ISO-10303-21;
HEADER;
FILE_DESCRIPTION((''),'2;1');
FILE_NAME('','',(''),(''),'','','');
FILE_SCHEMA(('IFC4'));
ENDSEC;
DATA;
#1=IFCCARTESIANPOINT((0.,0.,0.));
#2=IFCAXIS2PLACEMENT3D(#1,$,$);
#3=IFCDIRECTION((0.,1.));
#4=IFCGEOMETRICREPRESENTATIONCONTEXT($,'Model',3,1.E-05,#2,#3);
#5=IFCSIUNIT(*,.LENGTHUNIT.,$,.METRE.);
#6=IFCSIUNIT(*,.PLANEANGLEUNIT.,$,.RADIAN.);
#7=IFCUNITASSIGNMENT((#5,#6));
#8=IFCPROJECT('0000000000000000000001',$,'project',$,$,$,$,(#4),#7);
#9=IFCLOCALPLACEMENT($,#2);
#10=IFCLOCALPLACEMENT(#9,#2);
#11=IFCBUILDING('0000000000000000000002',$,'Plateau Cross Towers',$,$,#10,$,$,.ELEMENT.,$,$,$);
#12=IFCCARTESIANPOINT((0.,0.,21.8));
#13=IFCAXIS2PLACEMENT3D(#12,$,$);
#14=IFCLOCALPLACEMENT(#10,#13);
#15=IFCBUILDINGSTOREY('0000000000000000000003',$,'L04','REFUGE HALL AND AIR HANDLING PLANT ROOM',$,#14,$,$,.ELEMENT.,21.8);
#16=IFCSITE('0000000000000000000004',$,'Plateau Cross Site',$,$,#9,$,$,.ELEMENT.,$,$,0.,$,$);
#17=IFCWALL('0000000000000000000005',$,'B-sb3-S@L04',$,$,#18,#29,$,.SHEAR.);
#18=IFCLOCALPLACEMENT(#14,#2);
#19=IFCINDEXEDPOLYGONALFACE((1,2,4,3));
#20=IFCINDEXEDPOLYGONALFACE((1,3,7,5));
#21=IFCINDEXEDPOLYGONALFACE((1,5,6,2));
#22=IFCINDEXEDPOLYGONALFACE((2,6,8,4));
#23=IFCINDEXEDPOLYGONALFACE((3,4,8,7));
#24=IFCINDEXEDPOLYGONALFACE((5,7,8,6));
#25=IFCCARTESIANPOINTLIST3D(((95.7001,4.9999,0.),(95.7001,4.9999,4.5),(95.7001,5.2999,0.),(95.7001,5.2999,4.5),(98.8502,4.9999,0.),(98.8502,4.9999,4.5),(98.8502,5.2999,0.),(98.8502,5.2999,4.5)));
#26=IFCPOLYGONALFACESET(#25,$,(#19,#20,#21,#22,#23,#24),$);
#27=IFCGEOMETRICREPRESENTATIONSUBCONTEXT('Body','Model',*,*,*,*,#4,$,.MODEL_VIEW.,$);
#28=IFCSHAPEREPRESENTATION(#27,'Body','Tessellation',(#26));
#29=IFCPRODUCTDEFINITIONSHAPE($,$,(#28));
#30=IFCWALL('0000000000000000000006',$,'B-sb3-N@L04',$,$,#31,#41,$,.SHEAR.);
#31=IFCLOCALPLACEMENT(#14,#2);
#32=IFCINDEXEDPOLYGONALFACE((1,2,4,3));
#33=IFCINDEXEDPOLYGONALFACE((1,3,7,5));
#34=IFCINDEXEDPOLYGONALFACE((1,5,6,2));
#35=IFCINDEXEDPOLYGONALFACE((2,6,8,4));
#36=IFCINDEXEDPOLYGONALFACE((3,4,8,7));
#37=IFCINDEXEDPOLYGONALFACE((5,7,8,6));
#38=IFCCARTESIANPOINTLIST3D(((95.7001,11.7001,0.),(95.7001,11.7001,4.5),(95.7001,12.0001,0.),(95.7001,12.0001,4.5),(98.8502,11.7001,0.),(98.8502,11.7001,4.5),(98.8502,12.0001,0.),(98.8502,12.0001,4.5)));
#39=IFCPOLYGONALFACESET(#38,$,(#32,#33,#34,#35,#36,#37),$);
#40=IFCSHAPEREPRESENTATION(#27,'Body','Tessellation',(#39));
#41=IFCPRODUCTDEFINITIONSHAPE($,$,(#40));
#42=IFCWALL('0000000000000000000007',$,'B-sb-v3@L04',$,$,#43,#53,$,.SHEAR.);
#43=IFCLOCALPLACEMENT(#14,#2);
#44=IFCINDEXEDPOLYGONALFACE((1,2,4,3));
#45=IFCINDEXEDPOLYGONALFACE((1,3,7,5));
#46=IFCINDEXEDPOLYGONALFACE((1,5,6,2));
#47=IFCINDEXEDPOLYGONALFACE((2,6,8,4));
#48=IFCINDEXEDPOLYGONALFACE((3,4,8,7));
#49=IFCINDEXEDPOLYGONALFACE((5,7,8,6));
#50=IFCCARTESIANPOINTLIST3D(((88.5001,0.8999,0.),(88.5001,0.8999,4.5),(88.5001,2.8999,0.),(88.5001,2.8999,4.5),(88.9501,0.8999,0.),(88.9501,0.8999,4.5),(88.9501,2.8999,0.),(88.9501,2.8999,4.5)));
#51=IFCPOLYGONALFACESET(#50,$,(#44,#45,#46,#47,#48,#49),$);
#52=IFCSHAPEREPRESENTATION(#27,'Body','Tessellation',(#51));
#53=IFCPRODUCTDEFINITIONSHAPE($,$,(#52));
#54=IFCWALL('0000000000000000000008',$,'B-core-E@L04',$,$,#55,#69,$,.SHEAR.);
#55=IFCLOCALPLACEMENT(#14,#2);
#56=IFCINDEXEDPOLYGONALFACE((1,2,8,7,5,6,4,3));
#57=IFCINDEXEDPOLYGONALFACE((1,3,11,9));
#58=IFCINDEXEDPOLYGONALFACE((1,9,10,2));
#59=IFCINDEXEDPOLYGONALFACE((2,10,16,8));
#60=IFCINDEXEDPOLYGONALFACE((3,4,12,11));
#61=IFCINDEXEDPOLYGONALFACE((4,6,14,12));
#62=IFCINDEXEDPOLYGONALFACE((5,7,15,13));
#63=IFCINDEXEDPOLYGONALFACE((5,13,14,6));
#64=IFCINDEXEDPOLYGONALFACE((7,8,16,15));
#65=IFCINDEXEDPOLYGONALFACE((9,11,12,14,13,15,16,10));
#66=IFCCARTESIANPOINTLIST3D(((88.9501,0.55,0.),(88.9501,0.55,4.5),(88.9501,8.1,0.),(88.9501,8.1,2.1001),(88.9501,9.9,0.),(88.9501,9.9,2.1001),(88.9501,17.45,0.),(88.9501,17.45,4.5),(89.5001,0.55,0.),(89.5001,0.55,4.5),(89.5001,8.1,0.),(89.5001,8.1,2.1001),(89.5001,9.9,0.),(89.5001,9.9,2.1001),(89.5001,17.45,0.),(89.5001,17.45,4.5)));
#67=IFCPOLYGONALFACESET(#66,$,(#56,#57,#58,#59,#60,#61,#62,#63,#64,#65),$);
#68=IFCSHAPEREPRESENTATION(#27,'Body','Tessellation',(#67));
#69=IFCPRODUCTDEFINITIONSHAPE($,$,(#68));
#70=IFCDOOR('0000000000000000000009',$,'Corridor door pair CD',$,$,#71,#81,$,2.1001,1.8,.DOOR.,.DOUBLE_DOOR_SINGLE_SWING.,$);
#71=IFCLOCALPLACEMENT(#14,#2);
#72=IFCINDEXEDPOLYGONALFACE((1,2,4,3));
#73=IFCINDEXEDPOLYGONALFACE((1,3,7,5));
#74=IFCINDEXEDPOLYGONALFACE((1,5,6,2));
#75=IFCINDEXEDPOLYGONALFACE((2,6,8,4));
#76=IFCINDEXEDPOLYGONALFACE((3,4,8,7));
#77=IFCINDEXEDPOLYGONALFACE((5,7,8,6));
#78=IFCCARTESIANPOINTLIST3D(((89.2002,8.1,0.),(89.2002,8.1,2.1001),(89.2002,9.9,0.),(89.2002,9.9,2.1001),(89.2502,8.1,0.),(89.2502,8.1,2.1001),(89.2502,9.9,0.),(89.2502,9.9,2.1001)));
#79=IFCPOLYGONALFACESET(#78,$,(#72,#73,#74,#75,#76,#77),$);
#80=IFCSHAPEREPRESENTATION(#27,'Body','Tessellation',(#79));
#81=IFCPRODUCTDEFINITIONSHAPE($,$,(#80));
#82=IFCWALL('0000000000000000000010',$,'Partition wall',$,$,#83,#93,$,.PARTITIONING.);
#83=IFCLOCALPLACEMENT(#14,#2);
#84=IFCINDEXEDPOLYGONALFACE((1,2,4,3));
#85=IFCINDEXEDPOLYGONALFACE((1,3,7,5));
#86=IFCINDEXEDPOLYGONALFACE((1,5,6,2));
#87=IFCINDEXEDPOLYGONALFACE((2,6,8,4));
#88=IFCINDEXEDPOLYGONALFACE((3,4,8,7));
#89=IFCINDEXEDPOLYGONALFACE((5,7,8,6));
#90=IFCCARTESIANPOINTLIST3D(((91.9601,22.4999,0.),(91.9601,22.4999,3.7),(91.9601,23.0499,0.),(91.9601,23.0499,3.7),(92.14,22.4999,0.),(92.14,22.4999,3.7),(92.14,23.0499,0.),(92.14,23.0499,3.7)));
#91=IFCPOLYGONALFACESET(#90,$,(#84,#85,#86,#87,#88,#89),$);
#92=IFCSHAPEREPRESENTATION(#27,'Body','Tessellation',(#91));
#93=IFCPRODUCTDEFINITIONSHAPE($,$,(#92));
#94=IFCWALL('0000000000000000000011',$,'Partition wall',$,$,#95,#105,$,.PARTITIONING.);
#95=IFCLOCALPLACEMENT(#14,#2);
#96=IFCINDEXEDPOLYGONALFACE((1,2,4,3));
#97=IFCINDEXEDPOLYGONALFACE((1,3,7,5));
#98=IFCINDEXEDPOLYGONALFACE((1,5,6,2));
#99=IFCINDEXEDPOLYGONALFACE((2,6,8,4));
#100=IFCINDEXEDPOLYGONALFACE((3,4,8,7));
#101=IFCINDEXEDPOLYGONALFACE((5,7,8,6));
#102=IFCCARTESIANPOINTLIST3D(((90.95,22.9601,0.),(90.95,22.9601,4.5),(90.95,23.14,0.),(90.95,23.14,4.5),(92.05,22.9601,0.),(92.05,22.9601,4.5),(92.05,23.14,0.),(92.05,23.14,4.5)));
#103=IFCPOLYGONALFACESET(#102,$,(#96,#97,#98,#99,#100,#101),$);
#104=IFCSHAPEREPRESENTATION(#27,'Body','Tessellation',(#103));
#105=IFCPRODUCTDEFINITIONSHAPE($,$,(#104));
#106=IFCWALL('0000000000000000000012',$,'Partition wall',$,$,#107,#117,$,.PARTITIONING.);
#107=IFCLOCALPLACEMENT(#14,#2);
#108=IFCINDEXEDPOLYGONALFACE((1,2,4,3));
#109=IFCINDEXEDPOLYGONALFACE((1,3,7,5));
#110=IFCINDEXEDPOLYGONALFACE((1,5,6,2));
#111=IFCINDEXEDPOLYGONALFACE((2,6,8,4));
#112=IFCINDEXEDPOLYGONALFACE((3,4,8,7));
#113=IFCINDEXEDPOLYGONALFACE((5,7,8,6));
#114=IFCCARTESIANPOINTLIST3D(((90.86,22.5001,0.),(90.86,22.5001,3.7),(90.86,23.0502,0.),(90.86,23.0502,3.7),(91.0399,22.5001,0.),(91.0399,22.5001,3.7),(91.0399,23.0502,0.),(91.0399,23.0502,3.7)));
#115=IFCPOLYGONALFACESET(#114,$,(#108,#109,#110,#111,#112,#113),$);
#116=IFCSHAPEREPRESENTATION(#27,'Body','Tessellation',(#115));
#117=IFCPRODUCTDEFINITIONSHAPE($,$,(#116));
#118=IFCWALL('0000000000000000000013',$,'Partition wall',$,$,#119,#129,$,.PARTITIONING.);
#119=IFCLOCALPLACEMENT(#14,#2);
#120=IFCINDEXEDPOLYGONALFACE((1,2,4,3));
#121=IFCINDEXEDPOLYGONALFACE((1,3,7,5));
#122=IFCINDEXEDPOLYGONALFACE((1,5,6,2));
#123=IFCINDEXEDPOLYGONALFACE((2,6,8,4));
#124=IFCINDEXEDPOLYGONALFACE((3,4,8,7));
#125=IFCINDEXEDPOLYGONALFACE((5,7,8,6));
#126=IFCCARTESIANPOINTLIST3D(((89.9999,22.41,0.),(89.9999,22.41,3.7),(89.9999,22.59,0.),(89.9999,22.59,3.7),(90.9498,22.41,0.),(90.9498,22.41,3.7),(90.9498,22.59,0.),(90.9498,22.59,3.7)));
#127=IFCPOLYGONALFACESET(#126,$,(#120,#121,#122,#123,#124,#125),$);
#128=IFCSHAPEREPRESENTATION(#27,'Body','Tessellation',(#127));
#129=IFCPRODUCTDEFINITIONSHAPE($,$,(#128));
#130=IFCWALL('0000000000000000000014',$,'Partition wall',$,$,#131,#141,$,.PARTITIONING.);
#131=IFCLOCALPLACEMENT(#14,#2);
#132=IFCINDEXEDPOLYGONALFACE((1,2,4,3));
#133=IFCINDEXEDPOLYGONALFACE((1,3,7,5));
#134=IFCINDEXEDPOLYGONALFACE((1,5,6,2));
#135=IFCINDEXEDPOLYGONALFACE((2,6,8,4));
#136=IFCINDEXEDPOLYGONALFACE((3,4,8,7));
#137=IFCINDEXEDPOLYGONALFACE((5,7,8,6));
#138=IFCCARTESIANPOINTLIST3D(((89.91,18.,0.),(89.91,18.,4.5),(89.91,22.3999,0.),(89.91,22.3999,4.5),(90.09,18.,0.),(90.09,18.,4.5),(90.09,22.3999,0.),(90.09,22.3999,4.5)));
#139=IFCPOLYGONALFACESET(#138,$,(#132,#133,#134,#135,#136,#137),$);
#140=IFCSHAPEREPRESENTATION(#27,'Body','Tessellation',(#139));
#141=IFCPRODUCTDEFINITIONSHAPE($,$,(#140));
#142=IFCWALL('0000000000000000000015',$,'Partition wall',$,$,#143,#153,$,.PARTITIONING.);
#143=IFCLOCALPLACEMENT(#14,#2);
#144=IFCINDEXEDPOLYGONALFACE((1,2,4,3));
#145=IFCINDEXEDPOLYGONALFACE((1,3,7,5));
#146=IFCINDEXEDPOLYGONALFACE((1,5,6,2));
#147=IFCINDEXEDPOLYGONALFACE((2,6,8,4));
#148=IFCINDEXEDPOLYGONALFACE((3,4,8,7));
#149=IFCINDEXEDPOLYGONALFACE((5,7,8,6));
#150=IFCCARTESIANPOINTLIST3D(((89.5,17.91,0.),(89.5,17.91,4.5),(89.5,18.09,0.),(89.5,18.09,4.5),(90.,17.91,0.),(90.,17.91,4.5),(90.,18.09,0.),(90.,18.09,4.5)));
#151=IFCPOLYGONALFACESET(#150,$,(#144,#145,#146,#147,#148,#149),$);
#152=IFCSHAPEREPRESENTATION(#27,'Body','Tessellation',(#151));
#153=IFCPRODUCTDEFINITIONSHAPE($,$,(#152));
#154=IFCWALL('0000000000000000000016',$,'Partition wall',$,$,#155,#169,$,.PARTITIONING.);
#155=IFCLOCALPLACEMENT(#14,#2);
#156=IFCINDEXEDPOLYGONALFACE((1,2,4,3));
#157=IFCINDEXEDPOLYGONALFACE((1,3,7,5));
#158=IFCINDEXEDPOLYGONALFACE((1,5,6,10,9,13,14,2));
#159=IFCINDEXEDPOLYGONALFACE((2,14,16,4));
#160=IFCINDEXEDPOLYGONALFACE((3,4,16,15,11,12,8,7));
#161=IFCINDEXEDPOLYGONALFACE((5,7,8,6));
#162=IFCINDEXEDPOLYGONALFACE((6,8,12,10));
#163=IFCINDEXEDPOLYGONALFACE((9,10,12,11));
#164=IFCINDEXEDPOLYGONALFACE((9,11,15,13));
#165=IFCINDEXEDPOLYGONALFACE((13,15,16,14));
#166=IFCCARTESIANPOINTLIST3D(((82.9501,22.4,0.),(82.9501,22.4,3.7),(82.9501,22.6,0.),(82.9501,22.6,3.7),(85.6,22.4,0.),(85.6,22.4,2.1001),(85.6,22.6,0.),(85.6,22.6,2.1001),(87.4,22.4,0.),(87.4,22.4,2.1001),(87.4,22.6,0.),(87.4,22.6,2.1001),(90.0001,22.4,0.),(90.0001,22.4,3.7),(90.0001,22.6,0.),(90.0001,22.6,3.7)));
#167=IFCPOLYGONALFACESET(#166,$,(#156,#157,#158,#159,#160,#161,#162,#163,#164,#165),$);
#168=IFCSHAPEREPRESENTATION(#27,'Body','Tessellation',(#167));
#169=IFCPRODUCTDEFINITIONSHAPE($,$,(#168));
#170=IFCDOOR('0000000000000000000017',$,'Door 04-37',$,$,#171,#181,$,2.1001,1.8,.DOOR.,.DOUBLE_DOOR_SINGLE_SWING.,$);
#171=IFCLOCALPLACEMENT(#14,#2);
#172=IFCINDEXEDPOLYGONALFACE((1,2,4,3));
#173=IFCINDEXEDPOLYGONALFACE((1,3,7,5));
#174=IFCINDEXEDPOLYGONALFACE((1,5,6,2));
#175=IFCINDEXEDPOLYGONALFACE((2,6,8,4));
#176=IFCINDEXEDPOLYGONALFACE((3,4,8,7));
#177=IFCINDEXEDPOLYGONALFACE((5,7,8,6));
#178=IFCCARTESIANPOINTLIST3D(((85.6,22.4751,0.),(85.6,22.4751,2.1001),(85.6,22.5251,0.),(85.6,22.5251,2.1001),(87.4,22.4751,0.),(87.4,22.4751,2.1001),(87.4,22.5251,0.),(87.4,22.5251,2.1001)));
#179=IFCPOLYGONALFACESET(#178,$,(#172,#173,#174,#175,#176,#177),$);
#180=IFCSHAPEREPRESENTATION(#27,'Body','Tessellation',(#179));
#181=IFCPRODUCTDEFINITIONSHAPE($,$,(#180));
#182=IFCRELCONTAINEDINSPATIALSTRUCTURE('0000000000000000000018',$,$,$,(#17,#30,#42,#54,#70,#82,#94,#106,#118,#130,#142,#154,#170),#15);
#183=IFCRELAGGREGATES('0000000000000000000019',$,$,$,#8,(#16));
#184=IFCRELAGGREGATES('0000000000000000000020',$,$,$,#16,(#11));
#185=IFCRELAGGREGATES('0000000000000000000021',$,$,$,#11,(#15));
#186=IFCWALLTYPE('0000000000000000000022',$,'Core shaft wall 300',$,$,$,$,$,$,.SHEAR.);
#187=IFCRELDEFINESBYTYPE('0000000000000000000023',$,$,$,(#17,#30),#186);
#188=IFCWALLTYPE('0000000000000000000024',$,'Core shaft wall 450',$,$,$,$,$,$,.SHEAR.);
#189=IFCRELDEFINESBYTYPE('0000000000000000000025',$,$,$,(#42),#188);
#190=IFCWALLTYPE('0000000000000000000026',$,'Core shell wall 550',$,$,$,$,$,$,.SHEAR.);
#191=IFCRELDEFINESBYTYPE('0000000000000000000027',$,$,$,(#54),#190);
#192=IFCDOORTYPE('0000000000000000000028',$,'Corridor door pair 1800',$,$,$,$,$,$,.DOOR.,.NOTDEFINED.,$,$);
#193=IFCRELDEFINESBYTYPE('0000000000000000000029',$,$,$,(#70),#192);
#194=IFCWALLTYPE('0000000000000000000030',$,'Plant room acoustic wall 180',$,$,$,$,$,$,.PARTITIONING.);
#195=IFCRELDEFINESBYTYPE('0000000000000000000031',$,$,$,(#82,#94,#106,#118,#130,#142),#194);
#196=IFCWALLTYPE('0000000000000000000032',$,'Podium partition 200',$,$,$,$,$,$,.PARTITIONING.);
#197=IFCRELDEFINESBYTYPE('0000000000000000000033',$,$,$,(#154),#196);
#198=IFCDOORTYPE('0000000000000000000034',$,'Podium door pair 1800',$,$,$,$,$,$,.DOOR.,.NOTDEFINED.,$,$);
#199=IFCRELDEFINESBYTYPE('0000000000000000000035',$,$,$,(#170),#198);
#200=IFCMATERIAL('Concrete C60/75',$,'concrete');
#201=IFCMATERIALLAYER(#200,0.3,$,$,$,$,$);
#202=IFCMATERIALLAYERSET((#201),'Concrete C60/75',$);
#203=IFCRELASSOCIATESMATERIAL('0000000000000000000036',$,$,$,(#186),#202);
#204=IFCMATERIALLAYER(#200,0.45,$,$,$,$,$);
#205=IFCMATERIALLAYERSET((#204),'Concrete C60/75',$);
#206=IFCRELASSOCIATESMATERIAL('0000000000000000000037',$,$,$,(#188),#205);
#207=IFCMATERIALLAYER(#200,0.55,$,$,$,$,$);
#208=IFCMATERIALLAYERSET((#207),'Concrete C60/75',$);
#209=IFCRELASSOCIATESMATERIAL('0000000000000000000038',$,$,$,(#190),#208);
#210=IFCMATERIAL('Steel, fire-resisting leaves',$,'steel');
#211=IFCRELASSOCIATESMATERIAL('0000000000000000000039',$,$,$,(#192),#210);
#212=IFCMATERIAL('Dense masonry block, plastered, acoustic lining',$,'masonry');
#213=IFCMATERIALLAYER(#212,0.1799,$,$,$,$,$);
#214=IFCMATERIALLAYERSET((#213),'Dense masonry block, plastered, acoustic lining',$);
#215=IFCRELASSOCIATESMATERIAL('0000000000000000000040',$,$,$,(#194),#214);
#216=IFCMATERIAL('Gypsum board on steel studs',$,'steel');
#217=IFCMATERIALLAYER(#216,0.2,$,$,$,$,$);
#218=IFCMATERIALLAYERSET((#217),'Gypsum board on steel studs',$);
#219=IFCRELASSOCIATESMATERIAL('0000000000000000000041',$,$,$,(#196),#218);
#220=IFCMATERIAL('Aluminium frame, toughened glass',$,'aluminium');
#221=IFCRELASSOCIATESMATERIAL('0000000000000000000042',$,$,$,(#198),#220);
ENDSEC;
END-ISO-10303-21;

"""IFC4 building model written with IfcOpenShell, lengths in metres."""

from ifc_helpers import new_model, si_unit, direction, frame, frame_2d, origin, place, context, subcontext, project, spatial, rectangle, extrude, material, layer, layer_set, type_object, element, fill, save


model = new_model("IFC4")

# Units and contexts
model_context = context("Model", 3, precision=1e-05, world=origin(), true_north=direction((0.0, 1.0)))
body_context = subcontext(model_context, "Body", "Model", "MODEL_VIEW")
ifc_project = project(units=[si_unit("LENGTHUNIT", "METRE"), si_unit("PLANEANGLEUNIT", "RADIAN")], contexts=[model_context])

# Site, building, storey
site_placement = place(None, origin())
site = spatial("IfcSite", under=ifc_project, at=site_placement, Name="Plateau Cross Site", CompositionType="ELEMENT", RefElevation=0.0)
building_placement = place(site_placement, origin())
building = spatial("IfcBuilding", under=site, at=building_placement, Name="Plateau Cross Towers", CompositionType="ELEMENT")
storey_placement = place(building_placement, frame((0.0, 0.0, 21.8)))
storey = spatial("IfcBuildingStorey", under=building, at=storey_placement, Name="L04", Description="REFUGE HALL AND AIR HANDLING PLANT ROOM", CompositionType="ELEMENT", Elevation=21.8)

# Shared definitions
ifc_material_1 = material(Name="Concrete C60/75", Category="concrete")

# Shared definitions
ifc_layer_1 = layer(ifc_material_1, 0.3)
ifc_layer_set_1 = layer_set([ifc_layer_1], Name="Concrete C60/75")
wall_type_1 = type_object("IfcWallType", Name="Core shaft wall 300", PredefinedType="SHEAR", material=ifc_layer_set_1)

# Walls
for number, where, z_axis, x_axis, name in (
    (1, (95.7, 5.1499, 0.0), (0.0, 0.0, 1.0), (1.0, 0.0, 0.0), "B-sb3-S@L04"),
    (2, (95.7, 11.8501, 0.0), (0.0, 0.0, 1.0), (1.0, 0.0, 0.0), "B-sb3-N@L04"),
):
    element("IfcWall", number, at=place(storey_placement, frame(where, z_axis=z_axis, x_axis=x_axis)), inside=storey, type_object=wall_type_1, Name=name, PredefinedType="SHEAR", context=body_context, shape_type="SweptSolid", body=[
        extrude(rectangle(XDim=3.1501, YDim=0.3, at=frame_2d((1.5752, 0.0))), origin(), (0.0, 0.0, 1.0), 4.5),
    ])
ifc_layer_2 = layer(ifc_material_1, 0.45)
ifc_layer_set_2 = layer_set([ifc_layer_2], Name="Concrete C60/75")
wall_type_2 = type_object("IfcWallType", Name="Core shaft wall 450", PredefinedType="SHEAR", material=ifc_layer_set_2)
wall_1_placement = place(storey_placement, frame((88.7251, 0.8999, 0.0), z_axis=(0.0, 0.0, 1.0), x_axis=(0.0, 1.0, 0.0)))
element("IfcWall", 3, at=wall_1_placement, inside=storey, type_object=wall_type_2, Name="B-sb-v3@L04", PredefinedType="SHEAR", context=body_context, shape_type="SweptSolid", body=[
    extrude(rectangle(XDim=2.0, YDim=0.45, at=frame_2d((1.0, 0.0))), origin(), (0.0, 0.0, 1.0), 4.5),
])

# Wall, opening, door
ifc_layer_3 = layer(ifc_material_1, 0.55)
ifc_layer_set_3 = layer_set([ifc_layer_3], Name="Concrete C60/75")
wall_type_3 = type_object("IfcWallType", Name="Core shell wall 550", PredefinedType="SHEAR", material=ifc_layer_set_3)
wall_2_placement = place(storey_placement, frame((89.2251, 0.55, 0.0), z_axis=(0.0, 0.0, 1.0), x_axis=(0.0, 1.0, 0.0)))
wall_2 = element("IfcWall", 4, at=wall_2_placement, inside=storey, type_object=wall_type_3, Name="B-core-E@L04", PredefinedType="SHEAR", context=body_context, shape_type="SweptSolid", body=[
    extrude(rectangle(XDim=16.8999, YDim=0.55, at=frame_2d((8.45, 0.0))), origin(), (0.0, 0.0, 1.0), 4.5),
])
opening_1_placement = place(wall_2_placement, frame((7.55, 0.0, 0.0)))
opening_1 = element("IfcOpeningElement", 5, at=opening_1_placement, cuts=wall_2, PredefinedType="OPENING", context=body_context, shape_type="SweptSolid", body=[
    extrude(rectangle(XDim=1.8, YDim=2.1001, at=frame_2d((0.8999, 1.05))), frame((0.0, 0.2849, 0.0), z_axis=(0.0, -1.0, 0.0), x_axis=(1.0, 0.0, 0.0)), (0.0, 0.0, 1.0), 0.5701),
])
ifc_material_2 = material(Name="Steel, fire-resisting leaves", Category="steel")
door_type_1 = type_object("IfcDoorType", Name="Corridor door pair 1800", OperationType="NOTDEFINED", PredefinedType="DOOR", material=ifc_material_2)
door_1_placement = place(opening_1_placement, origin())
door_1 = element("IfcDoor", 6, at=door_1_placement, inside=storey, type_object=door_type_1, Name="Corridor door pair CD", OperationType="DOUBLE_DOOR_SINGLE_SWING", OverallHeight=2.1001, OverallWidth=1.8, PredefinedType="DOOR", context=body_context, shape_type="SweptSolid", body=[
    extrude(rectangle(XDim=1.8, YDim=2.1001, at=frame_2d((0.8999, 1.05))), frame((0.0, 0.0249, 0.0), z_axis=(0.0, -1.0, 0.0), x_axis=(1.0, 0.0, 0.0)), (0.0, 0.0, 1.0), 0.05),
])
fill(opening_1, door_1)

# Walls
ifc_material_3 = material(Name="Dense masonry block, plastered, acoustic lining", Category="masonry")
ifc_layer_4 = layer(ifc_material_3, 0.1799)
ifc_layer_set_4 = layer_set([ifc_layer_4], Name="Dense masonry block, plastered, acoustic lining")
wall_type_4 = type_object("IfcWallType", Name="Plant room acoustic wall 180", PredefinedType="PARTITIONING", material=ifc_layer_set_4)
wall_3_placement = place(storey_placement, frame((92.05, 22.5, 0.0), z_axis=(0.0, 0.0, 1.0), x_axis=(0.0, 1.0, 0.0)))
element("IfcWall", 7, at=wall_3_placement, inside=storey, type_object=wall_type_4, Name="Partition wall", PredefinedType="PARTITIONING", context=body_context, shape_type="SweptSolid", body=[
    extrude(rectangle(XDim=0.55, YDim=0.1799, at=frame_2d((0.2749, 0.0))), origin(), (0.0, 0.0, 1.0), 3.7),
])
wall_4_placement = place(storey_placement, frame((92.05, 23.05, 0.0), z_axis=(0.0, 0.0, 1.0), x_axis=(-1.0, 0.0, 0.0)))
element("IfcWall", 8, at=wall_4_placement, inside=storey, type_object=wall_type_4, Name="Partition wall", PredefinedType="PARTITIONING", context=body_context, shape_type="SweptSolid", body=[
    extrude(rectangle(XDim=1.1001, YDim=0.1799, at=frame_2d((0.55, 0.0))), origin(), (0.0, 0.0, 1.0), 4.5),
])
wall_5_placement = place(storey_placement, frame((90.95, 23.05, 0.0), z_axis=(0.0, 0.0, 1.0), x_axis=(0.0, -1.0, 0.0)))
element("IfcWall", 9, at=wall_5_placement, inside=storey, type_object=wall_type_4, Name="Partition wall", PredefinedType="PARTITIONING", context=body_context, shape_type="SweptSolid", body=[
    extrude(rectangle(XDim=0.55, YDim=0.1799, at=frame_2d((0.2749, 0.0))), origin(), (0.0, 0.0, 1.0), 3.7),
])
wall_6_placement = place(storey_placement, frame((90.95, 22.5, 0.0), z_axis=(0.0, 0.0, 1.0), x_axis=(-1.0, 0.0, 0.0)))
element("IfcWall", 10, at=wall_6_placement, inside=storey, type_object=wall_type_4, Name="Partition wall", PredefinedType="PARTITIONING", context=body_context, shape_type="SweptSolid", body=[
    extrude(rectangle(XDim=0.95, YDim=0.1799, at=frame_2d((0.4751, 0.0))), origin(), (0.0, 0.0, 1.0), 3.7),
])
wall_7_placement = place(storey_placement, frame((90.0, 22.3999, 0.0), z_axis=(0.0, 0.0, 1.0), x_axis=(0.0, -1.0, 0.0)))
element("IfcWall", 11, at=wall_7_placement, inside=storey, type_object=wall_type_4, Name="Partition wall", PredefinedType="PARTITIONING", context=body_context, shape_type="SweptSolid", body=[
    extrude(rectangle(XDim=4.3999, YDim=0.1799, at=frame_2d((2.2, 0.0))), origin(), (0.0, 0.0, 1.0), 4.5),
])
wall_8_placement = place(storey_placement, frame((90.0, 18.0, 0.0), z_axis=(0.0, 0.0, 1.0), x_axis=(-1.0, 0.0, 0.0)))
element("IfcWall", 12, at=wall_8_placement, inside=storey, type_object=wall_type_4, Name="Partition wall", PredefinedType="PARTITIONING", context=body_context, shape_type="SweptSolid", body=[
    extrude(rectangle(XDim=0.5, YDim=0.1799, at=frame_2d((0.25, 0.0))), origin(), (0.0, 0.0, 1.0), 4.5),
])

# Wall, opening, door
ifc_material_4 = material(Name="Gypsum board on steel studs", Category="steel")
ifc_layer_5 = layer(ifc_material_4, 0.2)
ifc_layer_set_5 = layer_set([ifc_layer_5], Name="Gypsum board on steel studs")
wall_type_5 = type_object("IfcWallType", Name="Podium partition 200", PredefinedType="PARTITIONING", material=ifc_layer_set_5)
wall_9_placement = place(storey_placement, frame((90.0, 22.5, 0.0), z_axis=(0.0, 0.0, 1.0), x_axis=(-1.0, 0.0, 0.0)))
wall_9 = element("IfcWall", 13, at=wall_9_placement, inside=storey, type_object=wall_type_5, Name="Partition wall", PredefinedType="PARTITIONING", context=body_context, shape_type="SweptSolid", body=[
    extrude(rectangle(XDim=7.05, YDim=0.2, at=frame_2d((3.5249, 0.0))), origin(), (0.0, 0.0, 1.0), 3.7),
])
opening_2_placement = place(wall_9_placement, frame((2.6001, 0.0, 0.0)))
opening_2 = element("IfcOpeningElement", 14, at=opening_2_placement, cuts=wall_9, PredefinedType="OPENING", context=body_context, shape_type="SweptSolid", body=[
    extrude(rectangle(XDim=1.8, YDim=2.1001, at=frame_2d((0.8999, 1.05))), frame((0.0, 0.1099, 0.0), z_axis=(0.0, -1.0, 0.0), x_axis=(1.0, 0.0, 0.0)), (0.0, 0.0, 1.0), 0.22),
])
ifc_material_5 = material(Name="Aluminium frame, toughened glass", Category="aluminium")
door_type_2 = type_object("IfcDoorType", Name="Podium door pair 1800", OperationType="NOTDEFINED", PredefinedType="DOOR", material=ifc_material_5)
door_2_placement = place(opening_2_placement, origin())
door_2 = element("IfcDoor", 15, at=door_2_placement, inside=storey, type_object=door_type_2, Name="Door 04-37", OperationType="DOUBLE_DOOR_SINGLE_SWING", OverallHeight=2.1001, OverallWidth=1.8, PredefinedType="DOOR", context=body_context, shape_type="SweptSolid", body=[
    extrude(rectangle(XDim=1.8, YDim=2.1001, at=frame_2d((0.8999, 1.05))), frame((0.0, 0.0249, 0.0), z_axis=(0.0, -1.0, 0.0), x_axis=(1.0, 0.0, 0.0)), (0.0, 0.0, 1.0), 0.05),
])
fill(opening_2, door_2)

save(model, "model.ifc")
